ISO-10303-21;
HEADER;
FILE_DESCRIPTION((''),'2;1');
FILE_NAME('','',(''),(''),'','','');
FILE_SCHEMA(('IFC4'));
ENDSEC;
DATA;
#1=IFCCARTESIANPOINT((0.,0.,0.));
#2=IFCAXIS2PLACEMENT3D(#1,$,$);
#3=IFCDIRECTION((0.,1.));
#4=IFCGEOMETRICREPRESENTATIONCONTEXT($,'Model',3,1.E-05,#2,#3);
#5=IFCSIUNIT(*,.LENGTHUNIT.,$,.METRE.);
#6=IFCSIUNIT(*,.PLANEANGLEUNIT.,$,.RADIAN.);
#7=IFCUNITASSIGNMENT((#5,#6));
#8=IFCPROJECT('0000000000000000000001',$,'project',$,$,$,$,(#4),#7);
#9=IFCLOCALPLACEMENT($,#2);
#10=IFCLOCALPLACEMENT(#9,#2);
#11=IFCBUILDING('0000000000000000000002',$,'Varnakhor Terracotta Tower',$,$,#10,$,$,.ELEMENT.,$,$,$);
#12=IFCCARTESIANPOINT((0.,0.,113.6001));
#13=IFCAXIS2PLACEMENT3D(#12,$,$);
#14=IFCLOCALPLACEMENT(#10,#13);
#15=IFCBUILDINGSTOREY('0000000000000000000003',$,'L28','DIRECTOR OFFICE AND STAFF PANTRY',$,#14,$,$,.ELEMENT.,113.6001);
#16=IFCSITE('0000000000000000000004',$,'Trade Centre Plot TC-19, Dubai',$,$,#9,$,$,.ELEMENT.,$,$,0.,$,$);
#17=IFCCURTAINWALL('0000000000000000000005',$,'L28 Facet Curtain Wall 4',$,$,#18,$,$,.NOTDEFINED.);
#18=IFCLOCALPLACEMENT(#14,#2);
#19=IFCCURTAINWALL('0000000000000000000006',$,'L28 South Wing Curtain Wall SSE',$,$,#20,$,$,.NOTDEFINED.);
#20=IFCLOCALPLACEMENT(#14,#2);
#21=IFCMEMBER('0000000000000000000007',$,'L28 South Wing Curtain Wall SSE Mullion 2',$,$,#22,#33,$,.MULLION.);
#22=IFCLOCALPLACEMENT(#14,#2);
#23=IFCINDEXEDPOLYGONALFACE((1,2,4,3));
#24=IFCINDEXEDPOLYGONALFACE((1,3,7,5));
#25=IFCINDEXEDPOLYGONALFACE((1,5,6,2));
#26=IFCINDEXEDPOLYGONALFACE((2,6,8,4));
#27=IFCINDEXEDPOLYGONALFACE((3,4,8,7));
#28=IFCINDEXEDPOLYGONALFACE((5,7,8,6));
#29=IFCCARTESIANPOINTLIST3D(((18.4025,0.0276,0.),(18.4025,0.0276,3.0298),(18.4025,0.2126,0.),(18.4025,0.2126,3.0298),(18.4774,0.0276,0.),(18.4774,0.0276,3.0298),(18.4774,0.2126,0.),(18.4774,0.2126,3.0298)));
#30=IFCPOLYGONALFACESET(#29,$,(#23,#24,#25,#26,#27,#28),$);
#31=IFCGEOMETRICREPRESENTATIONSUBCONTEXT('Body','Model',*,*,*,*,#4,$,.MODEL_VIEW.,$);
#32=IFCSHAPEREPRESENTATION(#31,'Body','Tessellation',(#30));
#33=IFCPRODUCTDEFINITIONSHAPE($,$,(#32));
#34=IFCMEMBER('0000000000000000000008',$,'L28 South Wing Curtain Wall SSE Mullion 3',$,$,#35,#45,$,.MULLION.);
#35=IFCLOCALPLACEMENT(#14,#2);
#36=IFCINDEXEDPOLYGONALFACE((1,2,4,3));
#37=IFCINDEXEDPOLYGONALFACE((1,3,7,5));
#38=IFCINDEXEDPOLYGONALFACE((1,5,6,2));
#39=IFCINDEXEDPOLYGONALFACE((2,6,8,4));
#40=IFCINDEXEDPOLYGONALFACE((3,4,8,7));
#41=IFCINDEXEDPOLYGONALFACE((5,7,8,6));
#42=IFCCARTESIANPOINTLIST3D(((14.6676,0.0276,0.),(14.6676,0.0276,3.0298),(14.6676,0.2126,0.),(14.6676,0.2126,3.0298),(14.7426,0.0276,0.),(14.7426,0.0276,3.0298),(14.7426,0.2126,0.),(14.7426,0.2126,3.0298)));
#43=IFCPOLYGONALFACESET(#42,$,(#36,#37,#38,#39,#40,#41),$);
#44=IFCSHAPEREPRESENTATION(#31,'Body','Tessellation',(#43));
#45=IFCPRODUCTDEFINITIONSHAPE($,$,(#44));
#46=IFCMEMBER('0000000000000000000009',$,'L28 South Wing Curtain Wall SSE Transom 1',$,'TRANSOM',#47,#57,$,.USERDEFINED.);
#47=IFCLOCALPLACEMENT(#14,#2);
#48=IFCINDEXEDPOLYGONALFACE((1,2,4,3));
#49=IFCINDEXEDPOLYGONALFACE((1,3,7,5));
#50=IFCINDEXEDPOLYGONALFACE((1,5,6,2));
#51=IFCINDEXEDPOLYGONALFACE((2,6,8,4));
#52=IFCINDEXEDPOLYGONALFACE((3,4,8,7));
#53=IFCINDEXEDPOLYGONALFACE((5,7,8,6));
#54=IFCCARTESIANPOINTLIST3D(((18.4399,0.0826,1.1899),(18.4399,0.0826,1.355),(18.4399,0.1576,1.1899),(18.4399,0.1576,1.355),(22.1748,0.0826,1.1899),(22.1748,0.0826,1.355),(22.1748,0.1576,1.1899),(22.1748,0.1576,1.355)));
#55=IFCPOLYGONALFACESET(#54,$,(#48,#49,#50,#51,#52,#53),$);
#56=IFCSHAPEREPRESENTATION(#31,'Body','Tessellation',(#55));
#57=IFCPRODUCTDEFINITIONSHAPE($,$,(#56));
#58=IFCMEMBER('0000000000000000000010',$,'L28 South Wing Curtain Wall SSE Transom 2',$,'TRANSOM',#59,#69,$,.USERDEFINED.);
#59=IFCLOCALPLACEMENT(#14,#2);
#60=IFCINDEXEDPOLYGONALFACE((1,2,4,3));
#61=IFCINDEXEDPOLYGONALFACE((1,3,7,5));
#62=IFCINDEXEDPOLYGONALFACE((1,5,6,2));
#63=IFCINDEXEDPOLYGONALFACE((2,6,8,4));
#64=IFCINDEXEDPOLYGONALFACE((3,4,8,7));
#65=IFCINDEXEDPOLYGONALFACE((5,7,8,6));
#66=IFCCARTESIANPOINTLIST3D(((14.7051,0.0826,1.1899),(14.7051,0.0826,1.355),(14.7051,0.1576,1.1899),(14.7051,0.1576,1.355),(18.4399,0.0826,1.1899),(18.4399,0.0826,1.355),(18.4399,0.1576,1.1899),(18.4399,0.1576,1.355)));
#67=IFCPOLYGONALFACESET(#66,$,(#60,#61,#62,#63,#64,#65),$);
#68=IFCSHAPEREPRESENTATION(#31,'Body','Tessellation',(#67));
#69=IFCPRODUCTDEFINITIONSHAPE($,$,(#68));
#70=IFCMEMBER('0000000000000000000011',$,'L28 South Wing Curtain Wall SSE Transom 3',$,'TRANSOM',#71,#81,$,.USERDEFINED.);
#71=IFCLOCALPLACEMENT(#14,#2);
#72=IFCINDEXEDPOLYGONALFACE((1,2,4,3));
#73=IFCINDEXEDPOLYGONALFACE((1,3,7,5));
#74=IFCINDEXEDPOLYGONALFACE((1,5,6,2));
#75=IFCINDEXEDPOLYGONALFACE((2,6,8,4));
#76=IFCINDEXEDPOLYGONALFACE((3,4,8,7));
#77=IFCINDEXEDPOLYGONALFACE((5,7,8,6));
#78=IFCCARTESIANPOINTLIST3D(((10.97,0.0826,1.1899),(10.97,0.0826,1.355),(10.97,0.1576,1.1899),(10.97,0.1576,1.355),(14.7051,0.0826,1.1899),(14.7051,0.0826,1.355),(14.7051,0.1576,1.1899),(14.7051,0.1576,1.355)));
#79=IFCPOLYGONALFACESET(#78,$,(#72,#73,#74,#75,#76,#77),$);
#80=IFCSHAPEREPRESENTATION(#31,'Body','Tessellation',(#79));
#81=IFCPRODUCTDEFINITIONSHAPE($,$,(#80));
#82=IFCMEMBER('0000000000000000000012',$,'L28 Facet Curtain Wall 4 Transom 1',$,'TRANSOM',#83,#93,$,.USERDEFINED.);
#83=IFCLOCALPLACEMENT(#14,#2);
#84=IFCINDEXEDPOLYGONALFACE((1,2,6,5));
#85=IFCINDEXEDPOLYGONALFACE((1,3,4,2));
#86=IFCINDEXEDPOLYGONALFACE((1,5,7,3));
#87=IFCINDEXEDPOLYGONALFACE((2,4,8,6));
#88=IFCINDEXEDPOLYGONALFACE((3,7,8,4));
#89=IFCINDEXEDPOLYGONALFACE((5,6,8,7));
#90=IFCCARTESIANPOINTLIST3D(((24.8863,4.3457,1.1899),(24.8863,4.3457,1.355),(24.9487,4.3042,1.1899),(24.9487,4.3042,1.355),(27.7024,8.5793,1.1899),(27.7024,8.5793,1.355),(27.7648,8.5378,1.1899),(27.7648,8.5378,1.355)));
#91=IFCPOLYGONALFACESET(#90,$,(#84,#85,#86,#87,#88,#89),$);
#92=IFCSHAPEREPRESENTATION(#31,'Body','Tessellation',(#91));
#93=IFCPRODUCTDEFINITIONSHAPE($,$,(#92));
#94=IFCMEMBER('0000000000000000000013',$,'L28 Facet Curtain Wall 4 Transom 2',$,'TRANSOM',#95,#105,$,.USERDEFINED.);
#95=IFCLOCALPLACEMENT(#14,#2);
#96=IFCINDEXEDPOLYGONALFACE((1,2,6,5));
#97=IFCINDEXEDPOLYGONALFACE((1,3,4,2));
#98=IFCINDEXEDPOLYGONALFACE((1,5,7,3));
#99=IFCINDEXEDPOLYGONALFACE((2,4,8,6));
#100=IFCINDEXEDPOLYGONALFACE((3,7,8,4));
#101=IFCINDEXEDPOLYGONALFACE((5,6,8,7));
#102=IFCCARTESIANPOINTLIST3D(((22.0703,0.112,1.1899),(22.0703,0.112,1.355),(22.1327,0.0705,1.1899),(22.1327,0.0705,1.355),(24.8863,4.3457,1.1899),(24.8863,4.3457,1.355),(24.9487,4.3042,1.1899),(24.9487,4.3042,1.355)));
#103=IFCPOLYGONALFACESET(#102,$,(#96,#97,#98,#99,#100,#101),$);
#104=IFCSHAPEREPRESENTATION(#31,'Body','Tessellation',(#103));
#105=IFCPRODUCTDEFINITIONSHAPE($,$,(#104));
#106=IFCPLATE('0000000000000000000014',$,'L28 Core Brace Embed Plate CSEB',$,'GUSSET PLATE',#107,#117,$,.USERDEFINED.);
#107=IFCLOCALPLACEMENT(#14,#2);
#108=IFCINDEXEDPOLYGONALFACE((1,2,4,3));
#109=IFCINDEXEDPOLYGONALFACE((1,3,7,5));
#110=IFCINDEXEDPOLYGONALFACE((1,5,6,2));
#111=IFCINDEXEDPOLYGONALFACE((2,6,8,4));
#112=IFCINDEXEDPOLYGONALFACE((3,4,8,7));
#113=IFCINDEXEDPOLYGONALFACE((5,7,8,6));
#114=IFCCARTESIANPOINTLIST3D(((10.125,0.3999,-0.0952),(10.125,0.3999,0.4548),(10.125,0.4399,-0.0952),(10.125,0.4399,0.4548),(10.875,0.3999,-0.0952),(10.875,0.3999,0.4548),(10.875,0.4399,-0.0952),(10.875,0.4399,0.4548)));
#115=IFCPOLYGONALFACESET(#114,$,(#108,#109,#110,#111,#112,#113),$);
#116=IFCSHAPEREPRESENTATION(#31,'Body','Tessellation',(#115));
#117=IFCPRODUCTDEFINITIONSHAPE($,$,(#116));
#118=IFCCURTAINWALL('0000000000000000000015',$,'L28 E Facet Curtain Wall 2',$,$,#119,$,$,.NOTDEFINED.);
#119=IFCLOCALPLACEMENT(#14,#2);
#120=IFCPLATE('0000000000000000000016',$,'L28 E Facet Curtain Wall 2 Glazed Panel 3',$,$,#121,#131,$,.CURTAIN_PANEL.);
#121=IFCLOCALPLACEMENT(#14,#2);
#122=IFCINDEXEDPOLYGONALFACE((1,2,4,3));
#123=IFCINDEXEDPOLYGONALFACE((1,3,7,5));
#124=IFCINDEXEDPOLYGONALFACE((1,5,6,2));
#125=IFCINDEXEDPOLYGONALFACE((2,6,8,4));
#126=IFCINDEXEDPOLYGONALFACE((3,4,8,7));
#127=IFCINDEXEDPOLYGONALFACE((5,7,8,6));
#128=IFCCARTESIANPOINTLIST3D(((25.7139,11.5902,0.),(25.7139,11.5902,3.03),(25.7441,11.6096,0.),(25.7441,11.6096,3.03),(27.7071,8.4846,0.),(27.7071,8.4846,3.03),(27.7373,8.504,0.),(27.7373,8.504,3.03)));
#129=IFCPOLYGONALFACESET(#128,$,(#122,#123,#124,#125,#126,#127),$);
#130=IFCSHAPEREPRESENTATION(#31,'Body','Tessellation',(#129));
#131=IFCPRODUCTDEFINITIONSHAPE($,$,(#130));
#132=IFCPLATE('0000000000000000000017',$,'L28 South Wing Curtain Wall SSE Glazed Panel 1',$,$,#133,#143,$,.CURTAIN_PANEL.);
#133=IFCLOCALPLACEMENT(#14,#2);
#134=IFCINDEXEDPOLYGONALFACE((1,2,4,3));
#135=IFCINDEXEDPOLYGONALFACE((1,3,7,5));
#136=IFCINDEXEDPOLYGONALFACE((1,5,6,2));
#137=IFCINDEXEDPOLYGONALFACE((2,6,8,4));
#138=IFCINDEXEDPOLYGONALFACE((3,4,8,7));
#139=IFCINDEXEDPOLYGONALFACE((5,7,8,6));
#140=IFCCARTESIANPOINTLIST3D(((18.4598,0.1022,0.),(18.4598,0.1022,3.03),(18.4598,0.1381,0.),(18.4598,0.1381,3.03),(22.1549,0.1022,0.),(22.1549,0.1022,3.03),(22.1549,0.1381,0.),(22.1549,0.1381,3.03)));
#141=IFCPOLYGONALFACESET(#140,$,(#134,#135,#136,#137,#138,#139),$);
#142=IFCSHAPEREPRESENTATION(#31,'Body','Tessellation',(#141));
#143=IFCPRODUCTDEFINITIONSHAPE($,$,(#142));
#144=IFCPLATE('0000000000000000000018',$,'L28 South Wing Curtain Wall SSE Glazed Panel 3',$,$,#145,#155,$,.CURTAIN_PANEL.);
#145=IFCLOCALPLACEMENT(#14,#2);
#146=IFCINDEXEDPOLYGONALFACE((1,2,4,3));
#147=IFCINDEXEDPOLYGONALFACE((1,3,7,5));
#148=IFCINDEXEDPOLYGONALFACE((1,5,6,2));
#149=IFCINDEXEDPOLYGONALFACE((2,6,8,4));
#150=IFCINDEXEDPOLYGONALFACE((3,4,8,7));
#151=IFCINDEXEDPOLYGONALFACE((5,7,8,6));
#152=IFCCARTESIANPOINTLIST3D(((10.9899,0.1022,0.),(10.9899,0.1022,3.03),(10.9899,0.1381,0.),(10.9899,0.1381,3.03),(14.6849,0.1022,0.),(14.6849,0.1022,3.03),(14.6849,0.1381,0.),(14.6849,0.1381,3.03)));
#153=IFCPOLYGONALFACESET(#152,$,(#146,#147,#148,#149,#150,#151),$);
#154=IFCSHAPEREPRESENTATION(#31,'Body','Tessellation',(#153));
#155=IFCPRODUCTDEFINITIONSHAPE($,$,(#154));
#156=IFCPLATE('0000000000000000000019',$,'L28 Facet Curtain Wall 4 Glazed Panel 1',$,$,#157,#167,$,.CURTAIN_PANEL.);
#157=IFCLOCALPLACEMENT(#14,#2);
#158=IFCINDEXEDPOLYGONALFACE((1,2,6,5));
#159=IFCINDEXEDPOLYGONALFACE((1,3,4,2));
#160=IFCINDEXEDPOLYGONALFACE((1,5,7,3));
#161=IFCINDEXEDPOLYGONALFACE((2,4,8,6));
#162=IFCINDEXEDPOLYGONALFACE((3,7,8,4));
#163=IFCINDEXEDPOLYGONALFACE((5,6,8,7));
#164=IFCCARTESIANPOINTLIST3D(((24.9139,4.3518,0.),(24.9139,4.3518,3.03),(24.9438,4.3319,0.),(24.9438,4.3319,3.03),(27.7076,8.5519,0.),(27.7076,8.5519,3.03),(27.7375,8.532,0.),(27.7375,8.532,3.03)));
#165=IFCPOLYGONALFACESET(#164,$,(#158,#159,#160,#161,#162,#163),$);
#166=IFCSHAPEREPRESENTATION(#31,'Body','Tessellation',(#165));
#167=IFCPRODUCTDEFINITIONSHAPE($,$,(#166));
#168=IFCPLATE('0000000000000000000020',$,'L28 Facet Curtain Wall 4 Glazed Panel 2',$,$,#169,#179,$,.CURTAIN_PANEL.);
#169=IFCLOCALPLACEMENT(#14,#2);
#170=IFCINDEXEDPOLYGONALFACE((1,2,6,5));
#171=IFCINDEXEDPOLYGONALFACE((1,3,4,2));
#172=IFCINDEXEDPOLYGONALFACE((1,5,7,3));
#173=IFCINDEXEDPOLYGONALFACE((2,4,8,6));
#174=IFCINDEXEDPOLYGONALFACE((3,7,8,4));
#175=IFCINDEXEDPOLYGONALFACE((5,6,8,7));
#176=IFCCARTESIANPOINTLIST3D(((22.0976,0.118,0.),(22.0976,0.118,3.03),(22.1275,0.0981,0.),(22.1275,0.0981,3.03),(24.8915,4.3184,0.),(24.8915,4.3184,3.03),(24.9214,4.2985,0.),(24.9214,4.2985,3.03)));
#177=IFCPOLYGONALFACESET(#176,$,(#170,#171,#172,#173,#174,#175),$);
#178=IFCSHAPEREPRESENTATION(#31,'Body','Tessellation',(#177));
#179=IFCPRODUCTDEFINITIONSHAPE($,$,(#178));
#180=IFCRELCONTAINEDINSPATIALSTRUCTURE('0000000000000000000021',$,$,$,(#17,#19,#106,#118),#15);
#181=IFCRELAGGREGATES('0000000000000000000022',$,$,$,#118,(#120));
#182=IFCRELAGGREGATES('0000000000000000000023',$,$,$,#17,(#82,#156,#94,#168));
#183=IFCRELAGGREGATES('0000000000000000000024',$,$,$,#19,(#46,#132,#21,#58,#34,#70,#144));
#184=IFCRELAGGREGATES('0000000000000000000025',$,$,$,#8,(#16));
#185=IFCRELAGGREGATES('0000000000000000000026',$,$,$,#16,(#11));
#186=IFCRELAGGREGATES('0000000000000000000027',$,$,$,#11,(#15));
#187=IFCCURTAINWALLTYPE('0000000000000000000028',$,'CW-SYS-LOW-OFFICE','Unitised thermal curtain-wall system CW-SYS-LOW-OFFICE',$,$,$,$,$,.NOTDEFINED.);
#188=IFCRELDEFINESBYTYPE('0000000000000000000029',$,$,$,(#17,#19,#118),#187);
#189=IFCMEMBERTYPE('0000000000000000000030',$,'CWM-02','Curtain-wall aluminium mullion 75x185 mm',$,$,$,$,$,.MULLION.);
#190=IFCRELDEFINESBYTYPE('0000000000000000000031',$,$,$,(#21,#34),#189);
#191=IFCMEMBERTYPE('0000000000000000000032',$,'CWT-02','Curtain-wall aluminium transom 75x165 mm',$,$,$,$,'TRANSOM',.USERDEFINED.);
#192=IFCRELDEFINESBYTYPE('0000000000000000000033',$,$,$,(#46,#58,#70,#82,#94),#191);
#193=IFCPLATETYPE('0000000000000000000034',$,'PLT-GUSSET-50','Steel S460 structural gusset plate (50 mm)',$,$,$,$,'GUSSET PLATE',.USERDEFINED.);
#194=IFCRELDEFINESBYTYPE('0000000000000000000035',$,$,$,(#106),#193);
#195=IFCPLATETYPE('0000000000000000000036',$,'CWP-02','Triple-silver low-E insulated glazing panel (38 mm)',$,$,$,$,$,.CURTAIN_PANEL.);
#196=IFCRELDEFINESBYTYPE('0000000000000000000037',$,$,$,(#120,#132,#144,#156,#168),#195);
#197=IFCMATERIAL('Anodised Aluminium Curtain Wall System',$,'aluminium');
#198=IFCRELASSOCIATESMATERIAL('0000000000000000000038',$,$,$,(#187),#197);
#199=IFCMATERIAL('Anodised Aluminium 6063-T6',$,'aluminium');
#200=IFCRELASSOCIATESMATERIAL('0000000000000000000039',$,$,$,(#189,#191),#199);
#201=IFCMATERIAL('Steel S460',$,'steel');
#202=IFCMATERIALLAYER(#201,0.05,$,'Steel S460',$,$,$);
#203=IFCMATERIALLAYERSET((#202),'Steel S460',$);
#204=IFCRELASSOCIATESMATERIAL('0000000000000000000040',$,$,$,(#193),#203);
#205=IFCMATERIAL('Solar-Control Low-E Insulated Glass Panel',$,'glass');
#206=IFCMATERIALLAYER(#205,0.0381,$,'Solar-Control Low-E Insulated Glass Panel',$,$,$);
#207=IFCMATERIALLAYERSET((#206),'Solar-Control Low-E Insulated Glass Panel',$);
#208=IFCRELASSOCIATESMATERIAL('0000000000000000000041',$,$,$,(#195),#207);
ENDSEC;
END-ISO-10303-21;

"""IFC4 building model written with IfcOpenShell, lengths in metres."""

from ifc_helpers import new_model, si_unit, direction, frame, origin, origin_2d, place, context, subcontext, project, spatial, rectangle, extrude, source, transform, mapped, material, layer, layer_set, material_profile, profile_set, type_object, type_shapes, element, aggregate, save


model = new_model("IFC4")

# Units and contexts
model_context = context("Model", 3, precision=1e-05, world=origin(), true_north=direction((0.0, 1.0)))
body_context = subcontext(model_context, "Body", "Model", "MODEL_VIEW")
ifc_project = project(units=[si_unit("LENGTHUNIT", "METRE"), si_unit("PLANEANGLEUNIT", "RADIAN")], contexts=[model_context])

# Site, building, storey
site_placement = place(None, origin())
site = spatial("IfcSite", under=ifc_project, at=site_placement, Name="Trade Centre Plot TC-19, Dubai", CompositionType="ELEMENT", RefElevation=0.0)
building_placement = place(site_placement, origin())
building = spatial("IfcBuilding", under=site, at=building_placement, Name="Varnakhor Terracotta Tower", CompositionType="ELEMENT")
storey_placement = place(building_placement, frame((0.0, 0.0, 113.6001)))
storey = spatial("IfcBuildingStorey", under=building, at=storey_placement, Name="L28", Description="DIRECTOR OFFICE AND STAFF PANTRY", CompositionType="ELEMENT", Elevation=113.6001)

# Shared definitions
ifc_material_1 = material(Name="Steel S460", Category="steel")

# Curtain walls, members
ifc_material_2 = material(Name="Anodised Aluminium Curtain Wall System", Category="aluminium")
curtain_wall_type = type_object("IfcCurtainWallType", Name="CW-SYS-LOW-OFFICE", Description="Unitised thermal curtain-wall system CW-SYS-LOW-OFFICE", PredefinedType="NOTDEFINED", material=ifc_material_2)
curtain_wall_1_placement = place(storey_placement, origin())
curtain_wall_1 = element("IfcCurtainWall", 1, at=curtain_wall_1_placement, inside=storey, type_object=curtain_wall_type, Name="L28 Facet Curtain Wall 4", PredefinedType="NOTDEFINED")
ifc_material_3 = material(Name="Anodised Aluminium 6063-T6", Category="aluminium")
ifc_material_profile_1 = material_profile(ifc_material_3, rectangle(XDim=0.075, YDim=0.1851, at=origin_2d()), Name="ALU MULLION 75x185")
ifc_profile_set_1 = profile_set([ifc_material_profile_1], Name="Anodised Aluminium 6063-T6")
member_type_1 = type_object("IfcMemberType", Name="CWM-02", Description="Curtain-wall aluminium mullion 75x185 mm", PredefinedType="MULLION", material=ifc_profile_set_1)
shared_shape_1 = source(origin(), body_context, "Body", "SweptSolid", [
    extrude(rectangle(XDim=0.075, YDim=0.1851, at=origin_2d()), origin(), (0.0, 0.0, 1.0), 3.0298),
])
curtain_wall_2_placement = place(storey_placement, origin())
curtain_wall_2 = element("IfcCurtainWall", 2, at=curtain_wall_2_placement, inside=storey, type_object=curtain_wall_type, Name="L28 South Wing Curtain Wall SSE", PredefinedType="NOTDEFINED")
member_1_placement = place(storey_placement, frame((18.4399, 0.1201, 0.0), z_axis=(0.0, 0.0, 1.0), x_axis=(1.0, 0.0, 0.0)))
member_1 = element("IfcMember", 3, at=member_1_placement, type_object=member_type_1, Name="L28 South Wing Curtain Wall SSE Mullion 2", PredefinedType="MULLION", context=body_context, shape_type="MappedRepresentation", body=[
    mapped(shared_shape_1, transform((0.0, 0.0, 0.0), scale=1.0)),
])
member_2_placement = place(storey_placement, frame((14.7051, 0.1201, 0.0), z_axis=(0.0, 0.0, 1.0), x_axis=(1.0, 0.0, 0.0)))
member_2 = element("IfcMember", 4, at=member_2_placement, type_object=member_type_1, Name="L28 South Wing Curtain Wall SSE Mullion 3", PredefinedType="MULLION", context=body_context, shape_type="MappedRepresentation", body=[
    mapped(shared_shape_1, transform((0.0, 0.0, 0.0), scale=1.0)),
])
ifc_material_profile_2 = material_profile(ifc_material_3, rectangle(XDim=0.075, YDim=0.165, at=origin_2d()), Name="ALU TRANSOM 75x165")
ifc_profile_set_2 = profile_set([ifc_material_profile_2], Name="Anodised Aluminium 6063-T6")
member_type_2 = type_object("IfcMemberType", Name="CWT-02", Description="Curtain-wall aluminium transom 75x165 mm", ElementType="TRANSOM", PredefinedType="USERDEFINED", material=ifc_profile_set_2)
shared_shape_2 = source(origin(), body_context, "Body", "SweptSolid", [
    extrude(rectangle(XDim=0.075, YDim=0.165, at=origin_2d()), origin(), (0.0, 0.0, 1.0), 3.7349),
])
member_3_placement = place(storey_placement, frame((22.1748, 0.1201, 1.2725), z_axis=(-1.0, 0.0, 0.0), x_axis=(0.0, -1.0, 0.0)))
member_3 = element("IfcMember", 5, at=member_3_placement, type_object=member_type_2, Name="L28 South Wing Curtain Wall SSE Transom 1", ObjectType="TRANSOM", PredefinedType="USERDEFINED", context=body_context, shape_type="MappedRepresentation", body=[
    mapped(shared_shape_2, transform((0.0, 0.0, 0.0), scale=1.0)),
])
member_4_placement = place(storey_placement, frame((18.4399, 0.1201, 1.2725), z_axis=(-1.0, 0.0, 0.0), x_axis=(0.0, -1.0, 0.0)))
member_4 = element("IfcMember", 6, at=member_4_placement, type_object=member_type_2, Name="L28 South Wing Curtain Wall SSE Transom 2", ObjectType="TRANSOM", PredefinedType="USERDEFINED", context=body_context, shape_type="MappedRepresentation", body=[
    mapped(shared_shape_2, transform((0.0, 0.0, 0.0), scale=1.0)),
])
shared_shape_3 = source(origin(), body_context, "Body", "SweptSolid", [
    extrude(rectangle(XDim=0.075, YDim=0.165, at=origin_2d()), origin(), (0.0, 0.0, 1.0), 3.7351),
])
member_5_placement = place(storey_placement, frame((14.7051, 0.1201, 1.2725), z_axis=(-1.0, 0.0, 0.0), x_axis=(0.0, -1.0, 0.0)))
member_5 = element("IfcMember", 7, at=member_5_placement, type_object=member_type_2, Name="L28 South Wing Curtain Wall SSE Transom 3", ObjectType="TRANSOM", PredefinedType="USERDEFINED", context=body_context, shape_type="MappedRepresentation", body=[
    mapped(shared_shape_3, transform((0.0, 0.0, 0.0), scale=1.0)),
])

# Members
shared_shape_4 = source(origin(), body_context, "Body", "SweptSolid", [
    extrude(rectangle(XDim=0.075, YDim=0.165, at=origin_2d()), origin(), (0.0, 0.0, 1.0), 5.0847),
])
member_6_placement = place(storey_placement, frame((27.7336, 8.5586, 1.2725), z_axis=(-0.553847, -0.832619, 0.0), x_axis=(0.832619, -0.553847, 0.0)))
member_6 = element("IfcMember", 8, at=member_6_placement, type_object=member_type_2, Name="L28 Facet Curtain Wall 4 Transom 1", ObjectType="TRANSOM", PredefinedType="USERDEFINED", context=body_context, shape_type="MappedRepresentation", body=[
    mapped(shared_shape_4, transform((0.0, 0.0, 0.0), scale=1.0)),
])
member_7_placement = place(storey_placement, frame((24.9175, 4.325, 1.2725), z_axis=(-0.553813, -0.832641, 0.0), x_axis=(0.832641, -0.553813, 0.0)))
member_7 = element("IfcMember", 9, at=member_7_placement, type_object=member_type_2, Name="L28 Facet Curtain Wall 4 Transom 2", ObjectType="TRANSOM", PredefinedType="USERDEFINED", context=body_context, shape_type="MappedRepresentation", body=[
    mapped(shared_shape_4, transform((0.0, 0.0, 0.0), scale=1.0)),
])

# Plate
ifc_layer_1 = layer(ifc_material_1, 0.05, Name="Steel S460")
ifc_layer_set_1 = layer_set([ifc_layer_1], Name="Steel S460")
plate_type_1 = type_object("IfcPlateType", Name="PLT-GUSSET-50", Description="Steel S460 structural gusset plate (50 mm)", ElementType="GUSSET PLATE", PredefinedType="USERDEFINED", material=ifc_layer_set_1)
shared_shape_5 = source(origin(), body_context, "Body", "SweptSolid", [
    extrude(rectangle(XDim=0.75, YDim=0.04, at=origin_2d()), origin(), (0.0, 0.0, 1.0), 0.55),
])
type_shapes(plate_type_1, [shared_shape_5])
plate_1_placement = place(storey_placement, frame((10.5, 0.4199, -0.0952), z_axis=(0.0, 0.0, 1.0), x_axis=(1.0, 0.0, 0.0)))
element("IfcPlate", 10, at=plate_1_placement, inside=storey, type_object=plate_type_1, Name="L28 Core Brace Embed Plate CSEB", ObjectType="GUSSET PLATE", PredefinedType="USERDEFINED", context=body_context, shape_type="MappedRepresentation", body=[
    mapped(shared_shape_5, transform((0.0, 0.0, 0.0), scale=1.0)),
])

# Curtain wall, plate
curtain_wall_3_placement = place(storey_placement, origin())
curtain_wall_3 = element("IfcCurtainWall", 11, at=curtain_wall_3_placement, inside=storey, type_object=curtain_wall_type, Name="L28 E Facet Curtain Wall 2", PredefinedType="NOTDEFINED")
ifc_material_4 = material(Name="Solar-Control Low-E Insulated Glass Panel", Category="glass")
ifc_layer_2 = layer(ifc_material_4, 0.0381, Name="Solar-Control Low-E Insulated Glass Panel")
ifc_layer_set_2 = layer_set([ifc_layer_2], Name="Solar-Control Low-E Insulated Glass Panel")
plate_type_2 = type_object("IfcPlateType", Name="CWP-02", Description="Triple-silver low-E insulated glazing panel (38 mm)", PredefinedType="CURTAIN_PANEL", material=ifc_layer_set_2)
shared_shape_6 = source(origin(), body_context, "Body", "SweptSolid", [
    extrude(rectangle(XDim=3.6902, YDim=0.0359, at=origin_2d()), origin(), (0.0, 0.0, 1.0), 3.03),
])
plate_2_placement = place(storey_placement, frame((26.7256, 10.0471, 0.0), z_axis=(0.0, 0.0, 1.0), x_axis=(0.540123, -0.841586, 0.0)))
plate_2 = element("IfcPlate", 12, at=plate_2_placement, type_object=plate_type_2, Name="L28 E Facet Curtain Wall 2 Glazed Panel 3", PredefinedType="CURTAIN_PANEL", context=body_context, shape_type="MappedRepresentation", body=[
    mapped(shared_shape_6, transform((0.0, 0.0, 0.0), scale=1.0)),
])
aggregate(curtain_wall_3, [plate_2])

# Plates
shared_shape_7 = source(origin(), body_context, "Body", "SweptSolid", [
    extrude(rectangle(XDim=3.6951, YDim=0.0359, at=origin_2d()), origin(), (0.0, 0.0, 1.0), 3.03),
])
plate_3_placement = place(storey_placement, frame((20.3074, 0.1201, 0.0), z_axis=(0.0, 0.0, 1.0), x_axis=(-1.0, 0.0, 0.0)))
plate_3 = element("IfcPlate", 13, at=plate_3_placement, type_object=plate_type_2, Name="L28 South Wing Curtain Wall SSE Glazed Panel 1", PredefinedType="CURTAIN_PANEL", context=body_context, shape_type="MappedRepresentation", body=[
    mapped(shared_shape_7, transform((0.0, 0.0, 0.0), scale=1.0)),
])
plate_4_placement = place(storey_placement, frame((12.8374, 0.1201, 0.0), z_axis=(0.0, 0.0, 1.0), x_axis=(-1.0, 0.0, 0.0)))
plate_4 = element("IfcPlate", 14, at=plate_4_placement, type_object=plate_type_2, Name="L28 South Wing Curtain Wall SSE Glazed Panel 3", PredefinedType="CURTAIN_PANEL", context=body_context, shape_type="MappedRepresentation", body=[
    mapped(shared_shape_7, transform((0.0, 0.0, 0.0), scale=1.0)),
])
shared_shape_8 = source(origin(), body_context, "Body", "SweptSolid", [
    extrude(rectangle(XDim=5.0444, YDim=0.0359, at=origin_2d()), origin(), (0.0, 0.0, 1.0), 3.03),
])
plate_5_placement = place(storey_placement, frame((26.3257, 6.4419, 0.0), z_axis=(0.0, 0.0, 1.0), x_axis=(-0.553828, -0.832631, 0.0)))
plate_5 = element("IfcPlate", 15, at=plate_5_placement, type_object=plate_type_2, Name="L28 Facet Curtain Wall 4 Glazed Panel 1", PredefinedType="CURTAIN_PANEL", context=body_context, shape_type="MappedRepresentation", body=[
    mapped(shared_shape_8, transform((0.0, 0.0, 0.0), scale=1.0)),
])
shared_shape_9 = source(origin(), body_context, "Body", "SweptSolid", [
    extrude(rectangle(XDim=5.0447, YDim=0.0359, at=origin_2d()), origin(), (0.0, 0.0, 1.0), 3.03),
])
plate_6_placement = place(storey_placement, frame((23.5095, 2.2083, 0.0), z_axis=(0.0, 0.0, 1.0), x_axis=(-0.553828, -0.832631, 0.0)))
plate_6 = element("IfcPlate", 16, at=plate_6_placement, type_object=plate_type_2, Name="L28 Facet Curtain Wall 4 Glazed Panel 2", PredefinedType="CURTAIN_PANEL", context=body_context, shape_type="MappedRepresentation", body=[
    mapped(shared_shape_9, transform((0.0, 0.0, 0.0), scale=1.0)),
])
aggregate(curtain_wall_1, [member_6, plate_5, member_7, plate_6])
aggregate(curtain_wall_2, [member_3, plate_3, member_1, member_4, member_2, member_5, plate_4])

save(model, "model.ifc")
